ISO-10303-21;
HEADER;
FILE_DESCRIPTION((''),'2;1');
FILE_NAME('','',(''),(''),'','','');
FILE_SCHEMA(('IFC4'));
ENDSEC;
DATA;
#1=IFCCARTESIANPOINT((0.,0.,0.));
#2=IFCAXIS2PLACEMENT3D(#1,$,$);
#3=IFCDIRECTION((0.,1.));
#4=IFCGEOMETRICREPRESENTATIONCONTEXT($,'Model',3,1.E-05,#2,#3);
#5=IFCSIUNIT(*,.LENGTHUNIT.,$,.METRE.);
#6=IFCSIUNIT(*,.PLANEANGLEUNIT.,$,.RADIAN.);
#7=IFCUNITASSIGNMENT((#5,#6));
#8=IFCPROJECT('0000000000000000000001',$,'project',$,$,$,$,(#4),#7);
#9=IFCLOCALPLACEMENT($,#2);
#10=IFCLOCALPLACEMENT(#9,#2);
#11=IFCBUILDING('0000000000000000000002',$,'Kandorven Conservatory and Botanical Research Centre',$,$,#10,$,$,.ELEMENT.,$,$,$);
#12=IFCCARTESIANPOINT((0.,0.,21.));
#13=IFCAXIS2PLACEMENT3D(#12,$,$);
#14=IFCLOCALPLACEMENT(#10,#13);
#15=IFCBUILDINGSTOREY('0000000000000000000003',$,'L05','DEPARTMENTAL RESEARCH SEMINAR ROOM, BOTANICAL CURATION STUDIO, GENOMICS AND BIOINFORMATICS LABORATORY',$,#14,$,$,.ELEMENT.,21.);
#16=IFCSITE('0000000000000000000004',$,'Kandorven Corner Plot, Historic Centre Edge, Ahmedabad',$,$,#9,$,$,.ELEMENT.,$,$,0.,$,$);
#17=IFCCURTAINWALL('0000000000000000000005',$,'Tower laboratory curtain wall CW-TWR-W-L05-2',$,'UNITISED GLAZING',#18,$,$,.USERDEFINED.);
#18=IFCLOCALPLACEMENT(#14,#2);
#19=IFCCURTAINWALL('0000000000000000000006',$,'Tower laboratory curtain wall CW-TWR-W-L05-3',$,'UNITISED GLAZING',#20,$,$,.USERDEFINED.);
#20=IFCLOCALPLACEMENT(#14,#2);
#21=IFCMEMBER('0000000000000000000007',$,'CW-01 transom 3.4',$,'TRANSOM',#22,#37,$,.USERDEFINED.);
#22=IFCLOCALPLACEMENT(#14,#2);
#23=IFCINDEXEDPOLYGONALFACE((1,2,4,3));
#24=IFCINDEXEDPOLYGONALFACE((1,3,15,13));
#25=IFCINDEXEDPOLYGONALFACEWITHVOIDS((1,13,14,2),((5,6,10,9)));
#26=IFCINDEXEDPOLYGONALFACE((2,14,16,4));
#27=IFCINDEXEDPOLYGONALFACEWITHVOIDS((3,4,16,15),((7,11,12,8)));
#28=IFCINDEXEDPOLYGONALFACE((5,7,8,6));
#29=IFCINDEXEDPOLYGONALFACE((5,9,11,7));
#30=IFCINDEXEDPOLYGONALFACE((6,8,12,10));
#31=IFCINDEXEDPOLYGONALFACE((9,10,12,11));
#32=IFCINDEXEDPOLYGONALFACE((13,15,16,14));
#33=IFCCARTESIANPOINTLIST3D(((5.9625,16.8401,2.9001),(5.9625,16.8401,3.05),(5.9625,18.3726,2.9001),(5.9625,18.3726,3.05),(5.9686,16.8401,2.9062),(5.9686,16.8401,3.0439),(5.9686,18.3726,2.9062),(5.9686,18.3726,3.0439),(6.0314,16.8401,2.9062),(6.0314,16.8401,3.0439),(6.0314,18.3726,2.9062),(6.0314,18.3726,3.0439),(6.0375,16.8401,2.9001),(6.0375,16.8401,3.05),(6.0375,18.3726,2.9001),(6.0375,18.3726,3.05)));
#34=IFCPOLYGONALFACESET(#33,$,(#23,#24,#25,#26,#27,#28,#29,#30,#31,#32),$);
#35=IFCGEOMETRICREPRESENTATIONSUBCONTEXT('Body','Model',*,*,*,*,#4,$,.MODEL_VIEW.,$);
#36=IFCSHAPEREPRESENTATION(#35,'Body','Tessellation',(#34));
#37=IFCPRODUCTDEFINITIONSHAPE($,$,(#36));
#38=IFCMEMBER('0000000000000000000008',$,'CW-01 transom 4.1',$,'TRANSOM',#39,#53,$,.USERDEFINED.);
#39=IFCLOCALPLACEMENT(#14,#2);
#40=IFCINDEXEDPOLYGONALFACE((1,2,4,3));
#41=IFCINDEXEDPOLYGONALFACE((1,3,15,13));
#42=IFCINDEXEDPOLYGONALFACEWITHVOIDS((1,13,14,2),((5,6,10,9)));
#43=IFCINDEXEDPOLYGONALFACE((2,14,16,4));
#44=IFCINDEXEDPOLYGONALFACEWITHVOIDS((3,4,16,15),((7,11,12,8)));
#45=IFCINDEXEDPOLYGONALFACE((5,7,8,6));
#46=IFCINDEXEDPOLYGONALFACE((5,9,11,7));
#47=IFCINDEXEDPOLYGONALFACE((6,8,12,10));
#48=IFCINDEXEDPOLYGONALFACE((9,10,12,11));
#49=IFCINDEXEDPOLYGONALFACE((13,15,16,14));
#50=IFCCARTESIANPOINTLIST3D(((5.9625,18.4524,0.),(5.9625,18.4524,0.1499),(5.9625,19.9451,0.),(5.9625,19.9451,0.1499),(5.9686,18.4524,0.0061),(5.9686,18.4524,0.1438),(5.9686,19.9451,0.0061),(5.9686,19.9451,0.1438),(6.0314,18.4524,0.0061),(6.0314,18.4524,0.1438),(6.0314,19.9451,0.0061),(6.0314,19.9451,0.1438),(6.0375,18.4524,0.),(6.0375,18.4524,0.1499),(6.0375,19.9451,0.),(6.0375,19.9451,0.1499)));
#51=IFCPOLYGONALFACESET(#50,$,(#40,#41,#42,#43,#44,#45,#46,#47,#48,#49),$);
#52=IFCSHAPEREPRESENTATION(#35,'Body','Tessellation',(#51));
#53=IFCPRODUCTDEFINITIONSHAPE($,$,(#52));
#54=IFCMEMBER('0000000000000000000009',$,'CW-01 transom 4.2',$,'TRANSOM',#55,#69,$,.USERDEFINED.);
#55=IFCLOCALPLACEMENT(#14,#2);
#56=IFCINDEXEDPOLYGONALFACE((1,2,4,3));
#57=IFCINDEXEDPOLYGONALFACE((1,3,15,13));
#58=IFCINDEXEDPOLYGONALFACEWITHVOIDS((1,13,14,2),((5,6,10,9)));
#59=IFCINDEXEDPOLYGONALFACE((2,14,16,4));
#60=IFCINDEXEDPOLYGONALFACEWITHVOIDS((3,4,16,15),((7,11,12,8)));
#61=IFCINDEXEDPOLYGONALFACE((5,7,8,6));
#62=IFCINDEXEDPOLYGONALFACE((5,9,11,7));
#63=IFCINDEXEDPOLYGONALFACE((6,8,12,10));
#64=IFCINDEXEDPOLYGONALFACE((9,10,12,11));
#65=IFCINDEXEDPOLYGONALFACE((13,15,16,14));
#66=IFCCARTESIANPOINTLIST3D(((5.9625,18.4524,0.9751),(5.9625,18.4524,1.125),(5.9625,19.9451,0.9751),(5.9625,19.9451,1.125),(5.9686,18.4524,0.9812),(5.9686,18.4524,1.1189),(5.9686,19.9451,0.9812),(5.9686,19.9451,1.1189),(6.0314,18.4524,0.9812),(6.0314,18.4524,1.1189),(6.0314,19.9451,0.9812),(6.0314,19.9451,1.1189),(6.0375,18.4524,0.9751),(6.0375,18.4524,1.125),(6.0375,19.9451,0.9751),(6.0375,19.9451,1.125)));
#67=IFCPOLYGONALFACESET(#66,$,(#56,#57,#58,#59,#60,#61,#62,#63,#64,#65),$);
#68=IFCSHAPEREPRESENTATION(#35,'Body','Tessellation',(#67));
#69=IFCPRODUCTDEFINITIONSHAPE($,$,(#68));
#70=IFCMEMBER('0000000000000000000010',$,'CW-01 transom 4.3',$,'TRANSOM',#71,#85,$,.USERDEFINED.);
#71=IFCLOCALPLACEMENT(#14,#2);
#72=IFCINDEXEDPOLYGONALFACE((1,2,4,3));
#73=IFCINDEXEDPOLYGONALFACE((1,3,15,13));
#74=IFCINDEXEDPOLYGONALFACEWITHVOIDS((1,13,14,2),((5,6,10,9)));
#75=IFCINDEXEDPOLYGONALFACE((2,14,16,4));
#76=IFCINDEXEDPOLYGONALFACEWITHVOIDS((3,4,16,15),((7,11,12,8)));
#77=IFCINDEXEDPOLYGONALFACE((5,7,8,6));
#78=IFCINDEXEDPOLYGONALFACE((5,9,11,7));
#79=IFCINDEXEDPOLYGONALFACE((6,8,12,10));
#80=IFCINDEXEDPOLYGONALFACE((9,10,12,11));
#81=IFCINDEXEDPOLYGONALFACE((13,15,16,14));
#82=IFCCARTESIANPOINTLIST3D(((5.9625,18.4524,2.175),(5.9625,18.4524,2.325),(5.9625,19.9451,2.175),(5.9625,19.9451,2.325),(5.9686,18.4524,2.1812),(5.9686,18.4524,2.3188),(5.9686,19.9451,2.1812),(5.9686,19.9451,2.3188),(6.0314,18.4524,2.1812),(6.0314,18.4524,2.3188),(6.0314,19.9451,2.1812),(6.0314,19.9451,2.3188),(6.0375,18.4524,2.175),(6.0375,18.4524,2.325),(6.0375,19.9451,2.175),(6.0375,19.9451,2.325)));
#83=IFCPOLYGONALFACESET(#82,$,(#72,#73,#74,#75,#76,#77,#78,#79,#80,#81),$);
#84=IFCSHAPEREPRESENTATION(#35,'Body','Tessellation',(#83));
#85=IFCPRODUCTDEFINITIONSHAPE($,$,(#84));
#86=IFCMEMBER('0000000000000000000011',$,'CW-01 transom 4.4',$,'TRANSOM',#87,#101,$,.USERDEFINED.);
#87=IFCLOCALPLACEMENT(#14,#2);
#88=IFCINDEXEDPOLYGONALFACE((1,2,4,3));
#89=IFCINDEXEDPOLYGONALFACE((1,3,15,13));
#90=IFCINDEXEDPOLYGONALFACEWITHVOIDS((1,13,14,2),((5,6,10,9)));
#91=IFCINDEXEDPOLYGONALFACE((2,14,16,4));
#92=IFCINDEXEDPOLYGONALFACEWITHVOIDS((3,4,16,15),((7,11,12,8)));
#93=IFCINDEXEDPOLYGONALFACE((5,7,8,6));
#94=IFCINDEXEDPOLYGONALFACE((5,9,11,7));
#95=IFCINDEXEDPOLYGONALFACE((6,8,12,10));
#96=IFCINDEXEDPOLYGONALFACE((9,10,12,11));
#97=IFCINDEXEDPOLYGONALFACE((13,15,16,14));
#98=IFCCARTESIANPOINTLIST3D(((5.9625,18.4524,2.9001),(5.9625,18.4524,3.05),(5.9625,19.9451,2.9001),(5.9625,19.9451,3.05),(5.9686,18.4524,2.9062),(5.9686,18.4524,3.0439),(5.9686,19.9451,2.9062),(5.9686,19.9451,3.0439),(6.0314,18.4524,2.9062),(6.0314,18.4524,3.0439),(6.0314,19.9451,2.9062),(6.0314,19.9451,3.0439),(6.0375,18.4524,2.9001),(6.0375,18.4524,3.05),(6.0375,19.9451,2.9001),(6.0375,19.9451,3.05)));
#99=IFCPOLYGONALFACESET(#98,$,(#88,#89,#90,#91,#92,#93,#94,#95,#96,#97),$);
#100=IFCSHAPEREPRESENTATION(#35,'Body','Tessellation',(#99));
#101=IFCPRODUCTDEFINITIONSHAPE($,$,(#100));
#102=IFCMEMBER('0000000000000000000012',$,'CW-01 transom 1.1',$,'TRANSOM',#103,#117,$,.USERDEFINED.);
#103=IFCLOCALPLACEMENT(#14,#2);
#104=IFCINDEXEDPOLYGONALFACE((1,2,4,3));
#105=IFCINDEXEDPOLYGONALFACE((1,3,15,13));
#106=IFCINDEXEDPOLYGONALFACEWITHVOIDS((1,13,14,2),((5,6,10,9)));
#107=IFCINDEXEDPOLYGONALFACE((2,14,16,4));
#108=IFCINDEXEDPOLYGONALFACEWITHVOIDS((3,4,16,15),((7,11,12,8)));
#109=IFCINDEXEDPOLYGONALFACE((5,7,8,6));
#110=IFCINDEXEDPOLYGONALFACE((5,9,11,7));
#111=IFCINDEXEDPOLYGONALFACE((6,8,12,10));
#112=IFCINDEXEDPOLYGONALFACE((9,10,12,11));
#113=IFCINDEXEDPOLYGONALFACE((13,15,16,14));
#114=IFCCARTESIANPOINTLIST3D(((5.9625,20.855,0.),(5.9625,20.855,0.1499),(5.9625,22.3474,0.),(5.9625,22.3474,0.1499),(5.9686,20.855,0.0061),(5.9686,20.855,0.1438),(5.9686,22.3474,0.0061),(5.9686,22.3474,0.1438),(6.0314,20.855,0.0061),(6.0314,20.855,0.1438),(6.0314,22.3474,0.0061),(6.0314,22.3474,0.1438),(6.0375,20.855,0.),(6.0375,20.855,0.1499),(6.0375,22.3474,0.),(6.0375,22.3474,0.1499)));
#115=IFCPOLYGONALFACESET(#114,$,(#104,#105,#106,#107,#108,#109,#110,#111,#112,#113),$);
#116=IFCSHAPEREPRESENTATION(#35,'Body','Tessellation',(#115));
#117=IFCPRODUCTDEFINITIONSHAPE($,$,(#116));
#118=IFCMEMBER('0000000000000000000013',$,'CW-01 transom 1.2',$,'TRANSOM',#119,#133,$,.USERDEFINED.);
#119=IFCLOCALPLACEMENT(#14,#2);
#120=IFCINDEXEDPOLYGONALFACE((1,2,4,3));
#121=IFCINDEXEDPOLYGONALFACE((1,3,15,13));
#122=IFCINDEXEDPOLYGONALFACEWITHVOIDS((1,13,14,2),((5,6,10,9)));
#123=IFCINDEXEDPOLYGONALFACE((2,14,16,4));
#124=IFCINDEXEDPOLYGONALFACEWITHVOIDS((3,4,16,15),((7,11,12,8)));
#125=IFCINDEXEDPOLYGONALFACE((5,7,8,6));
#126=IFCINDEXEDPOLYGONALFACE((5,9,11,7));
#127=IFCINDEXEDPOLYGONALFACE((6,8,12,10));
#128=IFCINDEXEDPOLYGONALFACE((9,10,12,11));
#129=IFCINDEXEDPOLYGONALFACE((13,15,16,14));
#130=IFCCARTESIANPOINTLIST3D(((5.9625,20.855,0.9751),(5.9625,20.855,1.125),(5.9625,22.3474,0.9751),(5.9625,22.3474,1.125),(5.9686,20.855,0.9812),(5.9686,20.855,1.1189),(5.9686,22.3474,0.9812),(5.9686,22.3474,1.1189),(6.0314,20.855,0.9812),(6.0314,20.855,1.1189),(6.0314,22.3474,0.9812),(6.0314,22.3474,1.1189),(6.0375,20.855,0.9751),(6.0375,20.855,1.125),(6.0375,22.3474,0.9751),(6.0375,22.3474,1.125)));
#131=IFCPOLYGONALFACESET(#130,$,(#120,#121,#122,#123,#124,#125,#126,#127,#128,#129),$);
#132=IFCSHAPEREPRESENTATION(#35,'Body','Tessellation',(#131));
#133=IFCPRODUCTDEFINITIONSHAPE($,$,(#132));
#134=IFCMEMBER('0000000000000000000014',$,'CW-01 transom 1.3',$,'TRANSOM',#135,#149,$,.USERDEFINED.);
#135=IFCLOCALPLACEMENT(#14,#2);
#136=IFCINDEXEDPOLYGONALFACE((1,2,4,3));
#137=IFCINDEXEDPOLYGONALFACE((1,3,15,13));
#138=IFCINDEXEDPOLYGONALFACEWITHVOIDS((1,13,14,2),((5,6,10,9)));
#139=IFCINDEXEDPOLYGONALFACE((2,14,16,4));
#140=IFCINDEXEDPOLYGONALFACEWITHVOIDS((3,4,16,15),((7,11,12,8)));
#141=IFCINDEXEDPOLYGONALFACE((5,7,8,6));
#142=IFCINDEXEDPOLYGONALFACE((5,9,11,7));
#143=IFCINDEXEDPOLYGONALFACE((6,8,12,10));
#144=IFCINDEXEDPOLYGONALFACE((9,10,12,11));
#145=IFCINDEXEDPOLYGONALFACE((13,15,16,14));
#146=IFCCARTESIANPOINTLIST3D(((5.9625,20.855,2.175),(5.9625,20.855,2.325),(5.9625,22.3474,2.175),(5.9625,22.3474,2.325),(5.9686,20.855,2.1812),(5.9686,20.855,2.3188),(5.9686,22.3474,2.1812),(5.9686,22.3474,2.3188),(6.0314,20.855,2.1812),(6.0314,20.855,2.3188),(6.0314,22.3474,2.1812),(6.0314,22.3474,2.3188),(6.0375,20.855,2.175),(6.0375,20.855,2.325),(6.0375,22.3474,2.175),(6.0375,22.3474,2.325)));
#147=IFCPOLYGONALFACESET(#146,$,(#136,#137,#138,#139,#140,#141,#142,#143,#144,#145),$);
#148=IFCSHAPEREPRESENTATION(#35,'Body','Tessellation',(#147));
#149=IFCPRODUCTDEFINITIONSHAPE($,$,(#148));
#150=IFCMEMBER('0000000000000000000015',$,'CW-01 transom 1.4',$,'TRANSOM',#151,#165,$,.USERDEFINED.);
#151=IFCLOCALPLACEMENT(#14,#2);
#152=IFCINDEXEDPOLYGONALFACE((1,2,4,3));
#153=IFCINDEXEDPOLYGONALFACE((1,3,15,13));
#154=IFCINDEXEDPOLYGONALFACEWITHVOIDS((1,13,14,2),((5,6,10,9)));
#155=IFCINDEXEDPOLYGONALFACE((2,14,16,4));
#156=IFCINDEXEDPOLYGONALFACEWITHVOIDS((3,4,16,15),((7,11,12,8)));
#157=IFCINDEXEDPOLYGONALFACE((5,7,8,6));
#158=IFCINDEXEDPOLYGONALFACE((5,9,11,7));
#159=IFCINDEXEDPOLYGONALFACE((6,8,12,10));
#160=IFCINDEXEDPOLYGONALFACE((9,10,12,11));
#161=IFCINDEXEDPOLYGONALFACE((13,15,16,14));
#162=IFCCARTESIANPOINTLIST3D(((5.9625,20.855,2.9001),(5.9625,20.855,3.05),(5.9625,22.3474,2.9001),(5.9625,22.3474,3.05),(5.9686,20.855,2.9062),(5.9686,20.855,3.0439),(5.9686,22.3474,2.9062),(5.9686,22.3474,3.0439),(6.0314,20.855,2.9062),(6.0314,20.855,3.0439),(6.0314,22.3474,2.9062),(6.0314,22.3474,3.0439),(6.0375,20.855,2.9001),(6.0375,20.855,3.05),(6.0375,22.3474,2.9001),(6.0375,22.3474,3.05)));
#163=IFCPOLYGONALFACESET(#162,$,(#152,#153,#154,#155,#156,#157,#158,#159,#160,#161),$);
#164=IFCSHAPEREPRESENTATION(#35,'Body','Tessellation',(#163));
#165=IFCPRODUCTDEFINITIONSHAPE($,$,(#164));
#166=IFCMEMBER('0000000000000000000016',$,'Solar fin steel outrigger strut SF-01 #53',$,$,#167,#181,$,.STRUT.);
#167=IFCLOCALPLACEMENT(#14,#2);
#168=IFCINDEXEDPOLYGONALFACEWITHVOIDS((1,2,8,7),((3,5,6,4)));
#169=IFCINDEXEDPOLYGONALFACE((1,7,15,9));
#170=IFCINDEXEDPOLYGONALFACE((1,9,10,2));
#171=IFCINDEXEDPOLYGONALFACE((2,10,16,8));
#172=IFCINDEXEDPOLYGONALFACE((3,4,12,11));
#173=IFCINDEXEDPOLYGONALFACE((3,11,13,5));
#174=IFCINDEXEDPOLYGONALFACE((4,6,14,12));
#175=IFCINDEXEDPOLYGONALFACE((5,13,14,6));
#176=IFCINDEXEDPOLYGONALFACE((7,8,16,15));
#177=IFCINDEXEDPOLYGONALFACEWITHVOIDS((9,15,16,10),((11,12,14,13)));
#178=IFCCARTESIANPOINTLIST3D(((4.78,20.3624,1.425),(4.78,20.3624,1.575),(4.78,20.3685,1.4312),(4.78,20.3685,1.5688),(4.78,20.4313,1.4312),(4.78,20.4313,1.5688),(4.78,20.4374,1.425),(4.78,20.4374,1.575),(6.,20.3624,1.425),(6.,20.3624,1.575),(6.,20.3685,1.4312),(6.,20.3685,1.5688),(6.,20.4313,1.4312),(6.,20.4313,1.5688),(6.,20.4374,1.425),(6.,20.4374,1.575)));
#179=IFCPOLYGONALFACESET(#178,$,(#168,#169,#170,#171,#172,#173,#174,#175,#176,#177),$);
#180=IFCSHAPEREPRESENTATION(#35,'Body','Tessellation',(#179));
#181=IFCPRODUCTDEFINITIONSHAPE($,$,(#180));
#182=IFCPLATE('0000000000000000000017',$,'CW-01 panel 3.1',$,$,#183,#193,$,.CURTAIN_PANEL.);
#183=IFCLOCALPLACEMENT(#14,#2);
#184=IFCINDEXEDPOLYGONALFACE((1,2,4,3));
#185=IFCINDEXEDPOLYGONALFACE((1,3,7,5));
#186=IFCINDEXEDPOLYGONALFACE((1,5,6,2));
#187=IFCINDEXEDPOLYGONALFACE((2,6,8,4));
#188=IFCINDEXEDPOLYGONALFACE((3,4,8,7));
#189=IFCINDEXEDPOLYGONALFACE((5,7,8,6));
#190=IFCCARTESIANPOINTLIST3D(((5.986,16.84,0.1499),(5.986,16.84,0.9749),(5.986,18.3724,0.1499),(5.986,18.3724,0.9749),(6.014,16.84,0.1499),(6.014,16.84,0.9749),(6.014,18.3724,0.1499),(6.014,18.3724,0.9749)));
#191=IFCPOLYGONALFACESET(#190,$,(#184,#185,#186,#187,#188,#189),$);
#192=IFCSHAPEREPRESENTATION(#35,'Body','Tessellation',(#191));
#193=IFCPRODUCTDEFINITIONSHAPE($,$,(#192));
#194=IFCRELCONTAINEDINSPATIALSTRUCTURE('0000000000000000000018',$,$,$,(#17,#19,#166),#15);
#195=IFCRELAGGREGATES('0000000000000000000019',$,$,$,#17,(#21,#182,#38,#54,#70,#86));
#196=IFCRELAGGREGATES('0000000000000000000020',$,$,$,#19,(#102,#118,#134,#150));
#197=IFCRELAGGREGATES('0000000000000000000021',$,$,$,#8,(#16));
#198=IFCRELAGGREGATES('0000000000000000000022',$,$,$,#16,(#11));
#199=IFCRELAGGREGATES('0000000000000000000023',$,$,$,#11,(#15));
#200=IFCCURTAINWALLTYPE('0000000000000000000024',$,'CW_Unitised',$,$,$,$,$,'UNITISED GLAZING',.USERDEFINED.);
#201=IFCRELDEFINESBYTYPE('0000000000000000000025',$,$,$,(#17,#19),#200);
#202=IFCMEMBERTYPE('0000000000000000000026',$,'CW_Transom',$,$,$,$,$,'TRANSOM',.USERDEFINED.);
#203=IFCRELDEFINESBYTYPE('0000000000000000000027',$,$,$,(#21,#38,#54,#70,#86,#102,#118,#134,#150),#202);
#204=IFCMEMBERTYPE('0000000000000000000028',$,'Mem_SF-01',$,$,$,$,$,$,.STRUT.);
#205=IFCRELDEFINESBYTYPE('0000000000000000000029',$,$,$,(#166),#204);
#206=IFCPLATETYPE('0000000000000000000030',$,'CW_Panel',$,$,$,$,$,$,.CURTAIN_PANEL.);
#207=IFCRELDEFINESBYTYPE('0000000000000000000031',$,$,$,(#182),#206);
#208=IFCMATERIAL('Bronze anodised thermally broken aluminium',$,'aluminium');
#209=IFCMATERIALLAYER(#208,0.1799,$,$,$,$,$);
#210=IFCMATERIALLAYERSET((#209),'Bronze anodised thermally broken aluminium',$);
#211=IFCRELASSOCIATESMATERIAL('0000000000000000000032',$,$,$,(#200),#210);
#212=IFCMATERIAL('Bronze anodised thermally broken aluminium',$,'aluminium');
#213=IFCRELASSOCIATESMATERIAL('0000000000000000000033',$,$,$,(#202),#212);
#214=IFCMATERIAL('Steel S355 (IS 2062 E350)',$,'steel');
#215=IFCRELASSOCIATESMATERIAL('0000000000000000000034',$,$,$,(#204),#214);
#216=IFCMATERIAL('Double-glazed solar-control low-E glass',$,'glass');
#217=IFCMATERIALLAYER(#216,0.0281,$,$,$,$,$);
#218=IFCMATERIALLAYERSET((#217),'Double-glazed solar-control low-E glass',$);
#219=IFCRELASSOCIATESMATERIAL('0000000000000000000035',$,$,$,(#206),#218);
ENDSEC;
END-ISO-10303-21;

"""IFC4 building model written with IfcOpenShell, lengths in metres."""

from ifc_helpers import new_model, si_unit, direction, frame, origin, origin_2d, place, context, subcontext, project, spatial, rectangle, hollow_rectangle, extrude, material, layer, layer_set, material_profile, profile_set, type_object, element, aggregate, save


model = new_model("IFC4")

# Units and contexts
model_context = context("Model", 3, precision=1e-05, world=origin(), true_north=direction((0.0, 1.0)))
body_context = subcontext(model_context, "Body", "Model", "MODEL_VIEW")
ifc_project = project(units=[si_unit("LENGTHUNIT", "METRE"), si_unit("PLANEANGLEUNIT", "RADIAN")], contexts=[model_context])

# Site, building, storey
site_placement = place(None, origin())
site = spatial("IfcSite", under=ifc_project, at=site_placement, Name="Kandorven Corner Plot, Historic Centre Edge, Ahmedabad", CompositionType="ELEMENT", RefElevation=0.0)
building_placement = place(site_placement, origin())
building = spatial("IfcBuilding", under=site, at=building_placement, Name="Kandorven Conservatory and Botanical Research Centre", CompositionType="ELEMENT")
storey_placement = place(building_placement, frame((0.0, 0.0, 21.0)))
storey = spatial("IfcBuildingStorey", under=building, at=storey_placement, Name="L05", Description="DEPARTMENTAL RESEARCH SEMINAR ROOM, BOTANICAL CURATION STUDIO, GENOMICS AND BIOINFORMATICS LABORATORY", CompositionType="ELEMENT", Elevation=21.0)

# Curtain walls
ifc_material_1 = material(Name="Bronze anodised thermally broken aluminium", Category="aluminium")
ifc_layer_1 = layer(ifc_material_1, 0.1799)
ifc_layer_set_1 = layer_set([ifc_layer_1], Name="Bronze anodised thermally broken aluminium")
curtain_wall_type = type_object("IfcCurtainWallType", Name="CW_Unitised", ElementType="UNITISED GLAZING", PredefinedType="USERDEFINED", material=ifc_layer_set_1)
curtain_wall_1_placement = place(storey_placement, origin())
curtain_wall_1 = element("IfcCurtainWall", 1, at=curtain_wall_1_placement, inside=storey, type_object=curtain_wall_type, Name="Tower laboratory curtain wall CW-TWR-W-L05-2", ObjectType="UNITISED GLAZING", PredefinedType="USERDEFINED")
curtain_wall_2_placement = place(storey_placement, origin())
curtain_wall_2 = element("IfcCurtainWall", 2, at=curtain_wall_2_placement, inside=storey, type_object=curtain_wall_type, Name="Tower laboratory curtain wall CW-TWR-W-L05-3", ObjectType="UNITISED GLAZING", PredefinedType="USERDEFINED")

# Members
ifc_material_2 = material(Name="Bronze anodised thermally broken aluminium", Category="aluminium")
ifc_material_profile_1 = material_profile(ifc_material_2, hollow_rectangle(XDim=0.075, YDim=0.1499, WallThickness=0.0061, at=origin_2d()))
ifc_profile_set_1 = profile_set([ifc_material_profile_1], Name="Bronze anodised thermally broken aluminium")
member_type_1 = type_object("IfcMemberType", Name="CW_Transom", ElementType="TRANSOM", PredefinedType="USERDEFINED", material=ifc_profile_set_1)
member_1_placement = place(storey_placement, frame((6.0, 16.8401, 2.9751), z_axis=(0.0, 1.0, 0.0), x_axis=(-1.0, 0.0, 0.0)))
member_1 = element("IfcMember", 3, at=member_1_placement, type_object=member_type_1, Name="CW-01 transom 3.4", ObjectType="TRANSOM", PredefinedType="USERDEFINED", context=body_context, shape_type="SweptSolid", body=[
    extrude(hollow_rectangle(XDim=0.075, YDim=0.1499, WallThickness=0.0061, at=origin_2d()), origin(), (0.0, 0.0, 1.0), 1.5325),
])
member_2_placement = place(storey_placement, frame((6.0, 18.4524, 0.075), z_axis=(0.0, 1.0, 0.0), x_axis=(-1.0, 0.0, 0.0)))
member_2 = element("IfcMember", 4, at=member_2_placement, type_object=member_type_1, Name="CW-01 transom 4.1", ObjectType="TRANSOM", PredefinedType="USERDEFINED", context=body_context, shape_type="SweptSolid", body=[
    extrude(hollow_rectangle(XDim=0.075, YDim=0.1499, WallThickness=0.0061, at=origin_2d()), origin(), (0.0, 0.0, 1.0), 1.4927),
])
member_3_placement = place(storey_placement, frame((6.0, 18.4524, 1.05), z_axis=(0.0, 1.0, 0.0), x_axis=(-1.0, 0.0, 0.0)))
member_3 = element("IfcMember", 5, at=member_3_placement, type_object=member_type_1, Name="CW-01 transom 4.2", ObjectType="TRANSOM", PredefinedType="USERDEFINED", context=body_context, shape_type="SweptSolid", body=[
    extrude(hollow_rectangle(XDim=0.075, YDim=0.1499, WallThickness=0.0061, at=origin_2d()), origin(), (0.0, 0.0, 1.0), 1.4927),
])
member_4_placement = place(storey_placement, frame((6.0, 18.4524, 2.25), z_axis=(0.0, 1.0, 0.0), x_axis=(-1.0, 0.0, 0.0)))
member_4 = element("IfcMember", 6, at=member_4_placement, type_object=member_type_1, Name="CW-01 transom 4.3", ObjectType="TRANSOM", PredefinedType="USERDEFINED", context=body_context, shape_type="SweptSolid", body=[
    extrude(hollow_rectangle(XDim=0.075, YDim=0.1499, WallThickness=0.0061, at=origin_2d()), origin(), (0.0, 0.0, 1.0), 1.4927),
])
member_5_placement = place(storey_placement, frame((6.0, 18.4524, 2.9751), z_axis=(0.0, 1.0, 0.0), x_axis=(-1.0, 0.0, 0.0)))
member_5 = element("IfcMember", 7, at=member_5_placement, type_object=member_type_1, Name="CW-01 transom 4.4", ObjectType="TRANSOM", PredefinedType="USERDEFINED", context=body_context, shape_type="SweptSolid", body=[
    extrude(hollow_rectangle(XDim=0.075, YDim=0.1499, WallThickness=0.0061, at=origin_2d()), origin(), (0.0, 0.0, 1.0), 1.4927),
])
member_6_placement = place(storey_placement, frame((6.0, 20.855, 0.075), z_axis=(0.0, 1.0, 0.0), x_axis=(-1.0, 0.0, 0.0)))
member_6 = element("IfcMember", 8, at=member_6_placement, type_object=member_type_1, Name="CW-01 transom 1.1", ObjectType="TRANSOM", PredefinedType="USERDEFINED", context=body_context, shape_type="SweptSolid", body=[
    extrude(hollow_rectangle(XDim=0.075, YDim=0.1499, WallThickness=0.0061, at=origin_2d()), origin(), (0.0, 0.0, 1.0), 1.4924),
])
member_7_placement = place(storey_placement, frame((6.0, 20.855, 1.05), z_axis=(0.0, 1.0, 0.0), x_axis=(-1.0, 0.0, 0.0)))
member_7 = element("IfcMember", 9, at=member_7_placement, type_object=member_type_1, Name="CW-01 transom 1.2", ObjectType="TRANSOM", PredefinedType="USERDEFINED", context=body_context, shape_type="SweptSolid", body=[
    extrude(hollow_rectangle(XDim=0.075, YDim=0.1499, WallThickness=0.0061, at=origin_2d()), origin(), (0.0, 0.0, 1.0), 1.4924),
])
member_8_placement = place(storey_placement, frame((6.0, 20.855, 2.25), z_axis=(0.0, 1.0, 0.0), x_axis=(-1.0, 0.0, 0.0)))
member_8 = element("IfcMember", 10, at=member_8_placement, type_object=member_type_1, Name="CW-01 transom 1.3", ObjectType="TRANSOM", PredefinedType="USERDEFINED", context=body_context, shape_type="SweptSolid", body=[
    extrude(hollow_rectangle(XDim=0.075, YDim=0.1499, WallThickness=0.0061, at=origin_2d()), origin(), (0.0, 0.0, 1.0), 1.4924),
])
member_9_placement = place(storey_placement, frame((6.0, 20.855, 2.9751), z_axis=(0.0, 1.0, 0.0), x_axis=(-1.0, 0.0, 0.0)))
member_9 = element("IfcMember", 11, at=member_9_placement, type_object=member_type_1, Name="CW-01 transom 1.4", ObjectType="TRANSOM", PredefinedType="USERDEFINED", context=body_context, shape_type="SweptSolid", body=[
    extrude(hollow_rectangle(XDim=0.075, YDim=0.1499, WallThickness=0.0061, at=origin_2d()), origin(), (0.0, 0.0, 1.0), 1.4924),
])
ifc_material_3 = material(Name="Steel S355 (IS 2062 E350)", Category="steel")
ifc_material_profile_2 = material_profile(ifc_material_3, hollow_rectangle(XDim=0.075, YDim=0.1499, WallThickness=0.0061, at=origin_2d()))
ifc_profile_set_2 = profile_set([ifc_material_profile_2], Name="Steel S355 (IS 2062 E350)")
member_type_2 = type_object("IfcMemberType", Name="Mem_SF-01", PredefinedType="STRUT", material=ifc_profile_set_2)
member_10_placement = place(storey_placement, frame((6.0, 20.3999, 1.5), z_axis=(-1.0, 0.0, 0.0), x_axis=(0.0, -1.0, 0.0)))
element("IfcMember", 12, at=member_10_placement, inside=storey, type_object=member_type_2, Name="Solar fin steel outrigger strut SF-01 #53", PredefinedType="STRUT", context=body_context, shape_type="SweptSolid", body=[
    extrude(hollow_rectangle(XDim=0.075, YDim=0.1499, WallThickness=0.0061, at=origin_2d()), origin(), (0.0, 0.0, 1.0), 1.22),
])

# Plate
ifc_material_4 = material(Name="Double-glazed solar-control low-E glass", Category="glass")
ifc_layer_2 = layer(ifc_material_4, 0.0281)
ifc_layer_set_2 = layer_set([ifc_layer_2], Name="Double-glazed solar-control low-E glass")
plate_type_1 = type_object("IfcPlateType", Name="CW_Panel", PredefinedType="CURTAIN_PANEL", material=ifc_layer_set_2)
plate_1_placement = place(storey_placement, frame((6.0, 17.6062, 0.1499), z_axis=(0.0, 0.0, 1.0), x_axis=(0.0, 1.0, 0.0)))
plate_1 = element("IfcPlate", 13, at=plate_1_placement, type_object=plate_type_1, Name="CW-01 panel 3.1", PredefinedType="CURTAIN_PANEL", context=body_context, shape_type="SweptSolid", body=[
    extrude(rectangle(XDim=1.5325, YDim=0.0281, at=origin_2d()), origin(), (0.0, 0.0, 1.0), 0.825),
])
aggregate(curtain_wall_1, [member_1, plate_1, member_2, member_3, member_4, member_5])
aggregate(curtain_wall_2, [member_6, member_7, member_8, member_9])

save(model, "model.ifc")
